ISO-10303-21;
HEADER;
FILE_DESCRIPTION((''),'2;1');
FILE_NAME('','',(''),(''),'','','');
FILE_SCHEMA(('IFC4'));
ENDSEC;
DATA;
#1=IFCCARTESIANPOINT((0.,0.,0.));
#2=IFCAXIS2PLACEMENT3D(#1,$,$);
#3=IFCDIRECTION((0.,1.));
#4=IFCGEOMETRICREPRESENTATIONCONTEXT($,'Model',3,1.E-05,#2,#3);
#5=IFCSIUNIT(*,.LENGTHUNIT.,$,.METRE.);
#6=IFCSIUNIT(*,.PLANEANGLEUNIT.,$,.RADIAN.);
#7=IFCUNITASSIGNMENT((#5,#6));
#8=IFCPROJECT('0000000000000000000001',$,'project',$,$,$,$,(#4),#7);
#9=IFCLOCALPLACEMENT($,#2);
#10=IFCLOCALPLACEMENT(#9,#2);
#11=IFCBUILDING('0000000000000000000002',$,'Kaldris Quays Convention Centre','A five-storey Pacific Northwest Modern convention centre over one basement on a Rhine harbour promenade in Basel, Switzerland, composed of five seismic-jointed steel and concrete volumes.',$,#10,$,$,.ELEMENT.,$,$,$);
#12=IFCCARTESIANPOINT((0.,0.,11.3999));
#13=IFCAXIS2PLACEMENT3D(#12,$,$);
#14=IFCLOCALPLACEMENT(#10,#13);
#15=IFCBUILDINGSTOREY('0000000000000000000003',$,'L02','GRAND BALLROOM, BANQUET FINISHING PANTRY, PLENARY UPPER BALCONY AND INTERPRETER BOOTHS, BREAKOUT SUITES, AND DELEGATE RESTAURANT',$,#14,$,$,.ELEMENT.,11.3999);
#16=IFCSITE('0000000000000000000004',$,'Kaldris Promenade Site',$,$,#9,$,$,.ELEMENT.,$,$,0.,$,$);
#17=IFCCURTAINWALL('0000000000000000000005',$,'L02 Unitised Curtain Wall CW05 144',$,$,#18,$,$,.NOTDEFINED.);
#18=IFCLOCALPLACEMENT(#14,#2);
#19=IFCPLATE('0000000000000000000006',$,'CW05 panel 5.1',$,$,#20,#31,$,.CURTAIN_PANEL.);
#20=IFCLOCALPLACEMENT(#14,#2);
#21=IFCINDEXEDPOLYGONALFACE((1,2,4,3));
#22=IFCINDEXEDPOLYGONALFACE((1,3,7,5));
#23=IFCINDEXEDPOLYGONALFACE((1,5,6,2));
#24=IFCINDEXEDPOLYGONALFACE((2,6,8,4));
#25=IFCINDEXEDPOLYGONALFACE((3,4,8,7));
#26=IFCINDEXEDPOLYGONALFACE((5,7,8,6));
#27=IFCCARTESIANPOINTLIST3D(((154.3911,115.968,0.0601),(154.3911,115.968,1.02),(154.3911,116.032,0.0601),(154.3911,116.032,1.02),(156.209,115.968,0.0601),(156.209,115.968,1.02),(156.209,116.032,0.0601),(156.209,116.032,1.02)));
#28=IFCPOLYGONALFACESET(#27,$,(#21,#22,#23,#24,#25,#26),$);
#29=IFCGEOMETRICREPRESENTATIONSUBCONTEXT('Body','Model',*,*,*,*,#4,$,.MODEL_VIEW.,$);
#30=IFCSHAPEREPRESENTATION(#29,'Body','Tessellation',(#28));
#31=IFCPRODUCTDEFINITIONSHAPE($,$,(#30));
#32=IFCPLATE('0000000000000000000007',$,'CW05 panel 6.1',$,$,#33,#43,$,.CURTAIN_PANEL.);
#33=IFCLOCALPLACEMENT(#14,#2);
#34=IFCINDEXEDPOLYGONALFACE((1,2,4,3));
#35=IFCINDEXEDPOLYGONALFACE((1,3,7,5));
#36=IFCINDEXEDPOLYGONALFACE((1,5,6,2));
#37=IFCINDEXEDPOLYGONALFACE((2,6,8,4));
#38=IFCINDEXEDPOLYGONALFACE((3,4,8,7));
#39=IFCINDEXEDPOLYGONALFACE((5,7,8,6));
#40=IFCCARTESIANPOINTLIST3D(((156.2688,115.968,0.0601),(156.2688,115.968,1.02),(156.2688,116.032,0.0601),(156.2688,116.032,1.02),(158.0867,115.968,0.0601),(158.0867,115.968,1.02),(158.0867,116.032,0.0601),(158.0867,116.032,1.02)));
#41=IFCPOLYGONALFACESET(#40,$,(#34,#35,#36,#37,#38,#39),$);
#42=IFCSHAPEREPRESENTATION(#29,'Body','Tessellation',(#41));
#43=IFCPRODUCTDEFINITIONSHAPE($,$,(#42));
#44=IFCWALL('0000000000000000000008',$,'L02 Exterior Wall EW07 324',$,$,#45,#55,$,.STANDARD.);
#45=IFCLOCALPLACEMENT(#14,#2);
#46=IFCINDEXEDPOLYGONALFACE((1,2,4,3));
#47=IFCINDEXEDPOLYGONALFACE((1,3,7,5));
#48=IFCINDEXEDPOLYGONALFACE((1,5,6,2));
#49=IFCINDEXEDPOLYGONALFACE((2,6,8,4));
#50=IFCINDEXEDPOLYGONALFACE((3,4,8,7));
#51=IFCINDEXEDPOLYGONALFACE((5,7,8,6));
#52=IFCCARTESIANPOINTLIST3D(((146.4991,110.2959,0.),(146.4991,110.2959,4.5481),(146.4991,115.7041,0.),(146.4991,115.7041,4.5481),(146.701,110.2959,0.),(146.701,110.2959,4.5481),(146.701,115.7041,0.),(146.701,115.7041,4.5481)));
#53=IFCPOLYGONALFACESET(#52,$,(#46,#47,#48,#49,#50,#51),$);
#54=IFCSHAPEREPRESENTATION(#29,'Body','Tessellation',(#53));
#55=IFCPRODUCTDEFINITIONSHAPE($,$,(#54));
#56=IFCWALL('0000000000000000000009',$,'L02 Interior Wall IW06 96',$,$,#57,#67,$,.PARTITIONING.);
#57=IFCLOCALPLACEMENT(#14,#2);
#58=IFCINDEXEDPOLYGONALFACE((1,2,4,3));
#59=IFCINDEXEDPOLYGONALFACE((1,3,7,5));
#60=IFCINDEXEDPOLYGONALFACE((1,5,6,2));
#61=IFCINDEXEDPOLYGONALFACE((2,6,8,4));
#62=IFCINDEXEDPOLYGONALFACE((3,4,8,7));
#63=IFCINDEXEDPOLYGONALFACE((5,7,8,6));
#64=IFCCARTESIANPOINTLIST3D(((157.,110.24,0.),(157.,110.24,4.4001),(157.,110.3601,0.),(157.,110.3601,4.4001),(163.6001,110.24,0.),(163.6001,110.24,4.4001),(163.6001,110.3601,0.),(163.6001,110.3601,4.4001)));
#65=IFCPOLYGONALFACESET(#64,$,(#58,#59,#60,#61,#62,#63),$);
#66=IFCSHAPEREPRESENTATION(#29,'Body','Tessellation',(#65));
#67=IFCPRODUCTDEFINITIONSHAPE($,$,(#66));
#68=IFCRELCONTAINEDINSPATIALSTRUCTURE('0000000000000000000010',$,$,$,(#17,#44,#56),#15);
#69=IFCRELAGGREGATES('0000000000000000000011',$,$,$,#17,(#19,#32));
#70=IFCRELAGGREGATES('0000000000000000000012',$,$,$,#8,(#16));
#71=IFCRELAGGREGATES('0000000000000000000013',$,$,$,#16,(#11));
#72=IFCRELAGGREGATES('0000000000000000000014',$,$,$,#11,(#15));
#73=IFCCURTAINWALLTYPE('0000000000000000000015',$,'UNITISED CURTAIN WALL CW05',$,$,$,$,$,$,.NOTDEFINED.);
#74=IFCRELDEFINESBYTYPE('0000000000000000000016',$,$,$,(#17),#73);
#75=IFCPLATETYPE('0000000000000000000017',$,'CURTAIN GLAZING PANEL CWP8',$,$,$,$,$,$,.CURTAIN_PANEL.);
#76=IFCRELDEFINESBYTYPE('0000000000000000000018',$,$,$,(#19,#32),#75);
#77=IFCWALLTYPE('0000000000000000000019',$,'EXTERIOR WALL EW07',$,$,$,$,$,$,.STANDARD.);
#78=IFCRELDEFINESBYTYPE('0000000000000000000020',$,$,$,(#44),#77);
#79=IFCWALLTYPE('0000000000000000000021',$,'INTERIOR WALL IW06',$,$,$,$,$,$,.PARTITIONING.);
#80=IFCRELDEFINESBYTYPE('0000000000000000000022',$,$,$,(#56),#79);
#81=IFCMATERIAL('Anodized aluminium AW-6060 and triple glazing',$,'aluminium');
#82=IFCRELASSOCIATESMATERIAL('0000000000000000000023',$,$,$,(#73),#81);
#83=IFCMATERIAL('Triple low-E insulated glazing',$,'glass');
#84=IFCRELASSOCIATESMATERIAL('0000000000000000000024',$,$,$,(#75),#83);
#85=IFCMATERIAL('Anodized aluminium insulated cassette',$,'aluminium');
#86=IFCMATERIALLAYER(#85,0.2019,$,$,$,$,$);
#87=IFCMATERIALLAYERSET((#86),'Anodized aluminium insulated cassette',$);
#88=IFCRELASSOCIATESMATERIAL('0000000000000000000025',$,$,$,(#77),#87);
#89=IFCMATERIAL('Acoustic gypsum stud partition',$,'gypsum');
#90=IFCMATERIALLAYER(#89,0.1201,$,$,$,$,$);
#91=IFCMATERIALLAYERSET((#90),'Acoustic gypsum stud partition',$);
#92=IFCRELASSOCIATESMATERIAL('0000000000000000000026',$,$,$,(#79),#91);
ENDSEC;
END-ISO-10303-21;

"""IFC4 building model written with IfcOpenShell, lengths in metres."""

from ifc_helpers import new_model, si_unit, direction, frame, frame_2d, origin, origin_2d, place, context, subcontext, project, spatial, rectangle, extrude, material, layer, layer_set, type_object, element, aggregate, save


model = new_model("IFC4")

# Units and contexts
model_context = context("Model", 3, precision=1e-05, world=origin(), true_north=direction((0.0, 1.0)))
body_context = subcontext(model_context, "Body", "Model", "MODEL_VIEW")
ifc_project = project(units=[si_unit("LENGTHUNIT", "METRE"), si_unit("PLANEANGLEUNIT", "RADIAN")], contexts=[model_context])

# Site, building, storey
site_placement = place(None, origin())
site = spatial("IfcSite", under=ifc_project, at=site_placement, Name="Kaldris Promenade Site", CompositionType="ELEMENT", RefElevation=0.0)
building_placement = place(site_placement, origin())
building = spatial("IfcBuilding", under=site, at=building_placement, Name="Kaldris Quays Convention Centre", Description="A five-storey Pacific Northwest Modern convention centre over one basement on a Rhine harbour promenade in Basel, Switzerland, composed of five seismic-jointed steel and concrete volumes.", CompositionType="ELEMENT")
storey_placement = place(building_placement, frame((0.0, 0.0, 11.3999)))
storey = spatial("IfcBuildingStorey", under=building, at=storey_placement, Name="L02", Description="GRAND BALLROOM, BANQUET FINISHING PANTRY, PLENARY UPPER BALCONY AND INTERPRETER BOOTHS, BREAKOUT SUITES, AND DELEGATE RESTAURANT", CompositionType="ELEMENT", Elevation=11.3999)

# Curtain wall, plates
ifc_material_1 = material(Name="Anodized aluminium AW-6060 and triple glazing", Category="aluminium")
curtain_wall_type = type_object("IfcCurtainWallType", Name="UNITISED CURTAIN WALL CW05", PredefinedType="NOTDEFINED", material=ifc_material_1)
curtain_wall_placement = place(storey_placement, origin())
curtain_wall = element("IfcCurtainWall", 1, at=curtain_wall_placement, inside=storey, type_object=curtain_wall_type, Name="L02 Unitised Curtain Wall CW05 144", PredefinedType="NOTDEFINED")
ifc_material_2 = material(Name="Triple low-E insulated glazing", Category="glass")
plate_type = type_object("IfcPlateType", Name="CURTAIN GLAZING PANEL CWP8", PredefinedType="CURTAIN_PANEL", material=ifc_material_2)
plate_1_placement = place(storey_placement, frame((155.3, 116.0, 0.0601), z_axis=(0.0, 0.0, 1.0), x_axis=(1.0, 0.0, 0.0)))
plate_1 = element("IfcPlate", 2, at=plate_1_placement, type_object=plate_type, Name="CW05 panel 5.1", PredefinedType="CURTAIN_PANEL", context=body_context, shape_type="SweptSolid", body=[
    extrude(rectangle(XDim=1.8179, YDim=0.064, at=origin_2d()), origin(), (0.0, 0.0, 1.0), 0.96),
])
plate_2_placement = place(storey_placement, frame((157.1777, 116.0, 0.0601), z_axis=(0.0, 0.0, 1.0), x_axis=(1.0, 0.0, 0.0)))
plate_2 = element("IfcPlate", 3, at=plate_2_placement, type_object=plate_type, Name="CW05 panel 6.1", PredefinedType="CURTAIN_PANEL", context=body_context, shape_type="SweptSolid", body=[
    extrude(rectangle(XDim=1.8179, YDim=0.064, at=origin_2d()), origin(), (0.0, 0.0, 1.0), 0.96),
])
aggregate(curtain_wall, [plate_1, plate_2])

# Walls
ifc_material_3 = material(Name="Anodized aluminium insulated cassette", Category="aluminium")
ifc_layer_1 = layer(ifc_material_3, 0.2019)
ifc_layer_set_1 = layer_set([ifc_layer_1], Name="Anodized aluminium insulated cassette")
wall_type_1 = type_object("IfcWallType", Name="EXTERIOR WALL EW07", PredefinedType="STANDARD", material=ifc_layer_set_1)
wall_1_placement = place(storey_placement, frame((146.6001, 110.2959, 0.0), z_axis=(0.0, 0.0, 1.0), x_axis=(0.0, 1.0, 0.0)))
element("IfcWall", 4, at=wall_1_placement, inside=storey, type_object=wall_type_1, Name="L02 Exterior Wall EW07 324", PredefinedType="STANDARD", context=body_context, shape_type="SweptSolid", body=[
    extrude(rectangle(XDim=5.4082, YDim=0.2019, at=frame_2d((2.7041, 0.0))), origin(), (0.0, 0.0, 1.0), 4.5481),
])
ifc_material_4 = material(Name="Acoustic gypsum stud partition", Category="gypsum")
ifc_layer_2 = layer(ifc_material_4, 0.1201)
ifc_layer_set_2 = layer_set([ifc_layer_2], Name="Acoustic gypsum stud partition")
wall_type_2 = type_object("IfcWallType", Name="INTERIOR WALL IW06", PredefinedType="PARTITIONING", material=ifc_layer_set_2)
wall_2_placement = place(storey_placement, frame((157.0, 110.3, 0.0), z_axis=(0.0, 0.0, 1.0), x_axis=(1.0, 0.0, 0.0)))
element("IfcWall", 5, at=wall_2_placement, inside=storey, type_object=wall_type_2, Name="L02 Interior Wall IW06 96", PredefinedType="PARTITIONING", context=body_context, shape_type="SweptSolid", body=[
    extrude(rectangle(XDim=6.6001, YDim=0.1201, at=frame_2d((3.3, 0.0))), origin(), (0.0, 0.0, 1.0), 4.4001),
])

save(model, "model.ifc")
